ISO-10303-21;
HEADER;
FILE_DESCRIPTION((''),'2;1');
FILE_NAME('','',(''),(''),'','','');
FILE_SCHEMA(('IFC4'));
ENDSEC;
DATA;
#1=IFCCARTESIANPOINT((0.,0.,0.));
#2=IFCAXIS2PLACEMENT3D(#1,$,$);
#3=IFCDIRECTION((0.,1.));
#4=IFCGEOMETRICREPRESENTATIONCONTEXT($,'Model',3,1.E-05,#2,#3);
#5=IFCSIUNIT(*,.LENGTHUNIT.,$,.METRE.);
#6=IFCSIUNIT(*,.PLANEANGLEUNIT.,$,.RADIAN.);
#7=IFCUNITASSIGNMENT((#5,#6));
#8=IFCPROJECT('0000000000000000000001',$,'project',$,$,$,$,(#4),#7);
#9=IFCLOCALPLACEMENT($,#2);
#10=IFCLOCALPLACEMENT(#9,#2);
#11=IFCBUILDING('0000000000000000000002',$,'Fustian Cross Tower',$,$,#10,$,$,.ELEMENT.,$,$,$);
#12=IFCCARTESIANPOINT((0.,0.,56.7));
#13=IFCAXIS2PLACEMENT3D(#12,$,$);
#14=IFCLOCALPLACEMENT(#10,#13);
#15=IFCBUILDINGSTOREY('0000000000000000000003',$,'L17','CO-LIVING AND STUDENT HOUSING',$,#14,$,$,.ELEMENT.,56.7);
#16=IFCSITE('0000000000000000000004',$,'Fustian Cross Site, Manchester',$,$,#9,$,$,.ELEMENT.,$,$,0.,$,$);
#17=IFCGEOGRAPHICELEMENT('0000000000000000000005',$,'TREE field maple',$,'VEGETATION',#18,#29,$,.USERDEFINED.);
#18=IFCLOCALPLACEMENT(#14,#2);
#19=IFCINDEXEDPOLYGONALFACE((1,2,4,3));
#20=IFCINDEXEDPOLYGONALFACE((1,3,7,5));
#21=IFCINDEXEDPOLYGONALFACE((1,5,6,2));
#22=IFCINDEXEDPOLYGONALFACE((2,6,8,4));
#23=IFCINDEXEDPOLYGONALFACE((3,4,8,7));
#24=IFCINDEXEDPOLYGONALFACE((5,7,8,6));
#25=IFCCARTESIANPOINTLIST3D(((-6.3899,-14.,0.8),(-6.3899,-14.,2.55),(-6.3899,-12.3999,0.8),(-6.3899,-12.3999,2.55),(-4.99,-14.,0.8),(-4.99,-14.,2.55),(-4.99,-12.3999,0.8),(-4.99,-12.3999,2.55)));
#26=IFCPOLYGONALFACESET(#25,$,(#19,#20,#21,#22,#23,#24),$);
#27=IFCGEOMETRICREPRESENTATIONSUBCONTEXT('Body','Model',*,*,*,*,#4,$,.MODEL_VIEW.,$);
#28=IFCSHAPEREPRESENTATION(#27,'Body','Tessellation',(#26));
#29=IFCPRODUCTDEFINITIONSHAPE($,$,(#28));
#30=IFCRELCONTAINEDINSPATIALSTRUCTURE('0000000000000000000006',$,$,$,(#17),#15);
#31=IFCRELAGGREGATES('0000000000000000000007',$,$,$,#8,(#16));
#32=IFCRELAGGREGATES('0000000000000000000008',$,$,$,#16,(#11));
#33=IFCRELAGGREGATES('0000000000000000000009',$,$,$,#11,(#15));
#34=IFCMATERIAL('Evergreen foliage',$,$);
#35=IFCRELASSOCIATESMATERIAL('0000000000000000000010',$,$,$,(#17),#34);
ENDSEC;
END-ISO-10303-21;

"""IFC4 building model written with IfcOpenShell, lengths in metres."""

from ifc_helpers import new_model, si_unit, direction, frame, origin, origin_2d, place, context, subcontext, project, spatial, rectangle, extrude, material, element, save


model = new_model("IFC4")

# Units and contexts
model_context = context("Model", 3, precision=1e-05, world=origin(), true_north=direction((0.0, 1.0)))
body_context = subcontext(model_context, "Body", "Model", "MODEL_VIEW")
ifc_project = project(units=[si_unit("LENGTHUNIT", "METRE"), si_unit("PLANEANGLEUNIT", "RADIAN")], contexts=[model_context])

# Site, building, storey
site_placement = place(None, origin())
site = spatial("IfcSite", under=ifc_project, at=site_placement, Name="Fustian Cross Site, Manchester", CompositionType="ELEMENT", RefElevation=0.0)
building_placement = place(site_placement, origin())
building = spatial("IfcBuilding", under=site, at=building_placement, Name="Fustian Cross Tower", CompositionType="ELEMENT")
storey_placement = place(building_placement, frame((0.0, 0.0, 56.7)))
storey = spatial("IfcBuildingStorey", under=building, at=storey_placement, Name="L17", Description="CO-LIVING AND STUDENT HOUSING", CompositionType="ELEMENT", Elevation=56.7)

# Geographic element
ifc_material_1 = material(Name="Evergreen foliage")
geographic_element_placement = place(storey_placement, frame((-5.6899, -13.2, 0.8), z_axis=(0.0, 0.0, 1.0), x_axis=(1.0, 0.0, 0.0)))
element("IfcGeographicElement", 1, at=geographic_element_placement, inside=storey, material=ifc_material_1, Name="TREE field maple", ObjectType="VEGETATION", PredefinedType="USERDEFINED", context=body_context, shape_type="SweptSolid", body=[
    extrude(rectangle(XDim=1.3999, YDim=1.6001, at=origin_2d()), origin(), (0.0, 0.0, 1.0), 1.75),
])

save(model, "model.ifc")
